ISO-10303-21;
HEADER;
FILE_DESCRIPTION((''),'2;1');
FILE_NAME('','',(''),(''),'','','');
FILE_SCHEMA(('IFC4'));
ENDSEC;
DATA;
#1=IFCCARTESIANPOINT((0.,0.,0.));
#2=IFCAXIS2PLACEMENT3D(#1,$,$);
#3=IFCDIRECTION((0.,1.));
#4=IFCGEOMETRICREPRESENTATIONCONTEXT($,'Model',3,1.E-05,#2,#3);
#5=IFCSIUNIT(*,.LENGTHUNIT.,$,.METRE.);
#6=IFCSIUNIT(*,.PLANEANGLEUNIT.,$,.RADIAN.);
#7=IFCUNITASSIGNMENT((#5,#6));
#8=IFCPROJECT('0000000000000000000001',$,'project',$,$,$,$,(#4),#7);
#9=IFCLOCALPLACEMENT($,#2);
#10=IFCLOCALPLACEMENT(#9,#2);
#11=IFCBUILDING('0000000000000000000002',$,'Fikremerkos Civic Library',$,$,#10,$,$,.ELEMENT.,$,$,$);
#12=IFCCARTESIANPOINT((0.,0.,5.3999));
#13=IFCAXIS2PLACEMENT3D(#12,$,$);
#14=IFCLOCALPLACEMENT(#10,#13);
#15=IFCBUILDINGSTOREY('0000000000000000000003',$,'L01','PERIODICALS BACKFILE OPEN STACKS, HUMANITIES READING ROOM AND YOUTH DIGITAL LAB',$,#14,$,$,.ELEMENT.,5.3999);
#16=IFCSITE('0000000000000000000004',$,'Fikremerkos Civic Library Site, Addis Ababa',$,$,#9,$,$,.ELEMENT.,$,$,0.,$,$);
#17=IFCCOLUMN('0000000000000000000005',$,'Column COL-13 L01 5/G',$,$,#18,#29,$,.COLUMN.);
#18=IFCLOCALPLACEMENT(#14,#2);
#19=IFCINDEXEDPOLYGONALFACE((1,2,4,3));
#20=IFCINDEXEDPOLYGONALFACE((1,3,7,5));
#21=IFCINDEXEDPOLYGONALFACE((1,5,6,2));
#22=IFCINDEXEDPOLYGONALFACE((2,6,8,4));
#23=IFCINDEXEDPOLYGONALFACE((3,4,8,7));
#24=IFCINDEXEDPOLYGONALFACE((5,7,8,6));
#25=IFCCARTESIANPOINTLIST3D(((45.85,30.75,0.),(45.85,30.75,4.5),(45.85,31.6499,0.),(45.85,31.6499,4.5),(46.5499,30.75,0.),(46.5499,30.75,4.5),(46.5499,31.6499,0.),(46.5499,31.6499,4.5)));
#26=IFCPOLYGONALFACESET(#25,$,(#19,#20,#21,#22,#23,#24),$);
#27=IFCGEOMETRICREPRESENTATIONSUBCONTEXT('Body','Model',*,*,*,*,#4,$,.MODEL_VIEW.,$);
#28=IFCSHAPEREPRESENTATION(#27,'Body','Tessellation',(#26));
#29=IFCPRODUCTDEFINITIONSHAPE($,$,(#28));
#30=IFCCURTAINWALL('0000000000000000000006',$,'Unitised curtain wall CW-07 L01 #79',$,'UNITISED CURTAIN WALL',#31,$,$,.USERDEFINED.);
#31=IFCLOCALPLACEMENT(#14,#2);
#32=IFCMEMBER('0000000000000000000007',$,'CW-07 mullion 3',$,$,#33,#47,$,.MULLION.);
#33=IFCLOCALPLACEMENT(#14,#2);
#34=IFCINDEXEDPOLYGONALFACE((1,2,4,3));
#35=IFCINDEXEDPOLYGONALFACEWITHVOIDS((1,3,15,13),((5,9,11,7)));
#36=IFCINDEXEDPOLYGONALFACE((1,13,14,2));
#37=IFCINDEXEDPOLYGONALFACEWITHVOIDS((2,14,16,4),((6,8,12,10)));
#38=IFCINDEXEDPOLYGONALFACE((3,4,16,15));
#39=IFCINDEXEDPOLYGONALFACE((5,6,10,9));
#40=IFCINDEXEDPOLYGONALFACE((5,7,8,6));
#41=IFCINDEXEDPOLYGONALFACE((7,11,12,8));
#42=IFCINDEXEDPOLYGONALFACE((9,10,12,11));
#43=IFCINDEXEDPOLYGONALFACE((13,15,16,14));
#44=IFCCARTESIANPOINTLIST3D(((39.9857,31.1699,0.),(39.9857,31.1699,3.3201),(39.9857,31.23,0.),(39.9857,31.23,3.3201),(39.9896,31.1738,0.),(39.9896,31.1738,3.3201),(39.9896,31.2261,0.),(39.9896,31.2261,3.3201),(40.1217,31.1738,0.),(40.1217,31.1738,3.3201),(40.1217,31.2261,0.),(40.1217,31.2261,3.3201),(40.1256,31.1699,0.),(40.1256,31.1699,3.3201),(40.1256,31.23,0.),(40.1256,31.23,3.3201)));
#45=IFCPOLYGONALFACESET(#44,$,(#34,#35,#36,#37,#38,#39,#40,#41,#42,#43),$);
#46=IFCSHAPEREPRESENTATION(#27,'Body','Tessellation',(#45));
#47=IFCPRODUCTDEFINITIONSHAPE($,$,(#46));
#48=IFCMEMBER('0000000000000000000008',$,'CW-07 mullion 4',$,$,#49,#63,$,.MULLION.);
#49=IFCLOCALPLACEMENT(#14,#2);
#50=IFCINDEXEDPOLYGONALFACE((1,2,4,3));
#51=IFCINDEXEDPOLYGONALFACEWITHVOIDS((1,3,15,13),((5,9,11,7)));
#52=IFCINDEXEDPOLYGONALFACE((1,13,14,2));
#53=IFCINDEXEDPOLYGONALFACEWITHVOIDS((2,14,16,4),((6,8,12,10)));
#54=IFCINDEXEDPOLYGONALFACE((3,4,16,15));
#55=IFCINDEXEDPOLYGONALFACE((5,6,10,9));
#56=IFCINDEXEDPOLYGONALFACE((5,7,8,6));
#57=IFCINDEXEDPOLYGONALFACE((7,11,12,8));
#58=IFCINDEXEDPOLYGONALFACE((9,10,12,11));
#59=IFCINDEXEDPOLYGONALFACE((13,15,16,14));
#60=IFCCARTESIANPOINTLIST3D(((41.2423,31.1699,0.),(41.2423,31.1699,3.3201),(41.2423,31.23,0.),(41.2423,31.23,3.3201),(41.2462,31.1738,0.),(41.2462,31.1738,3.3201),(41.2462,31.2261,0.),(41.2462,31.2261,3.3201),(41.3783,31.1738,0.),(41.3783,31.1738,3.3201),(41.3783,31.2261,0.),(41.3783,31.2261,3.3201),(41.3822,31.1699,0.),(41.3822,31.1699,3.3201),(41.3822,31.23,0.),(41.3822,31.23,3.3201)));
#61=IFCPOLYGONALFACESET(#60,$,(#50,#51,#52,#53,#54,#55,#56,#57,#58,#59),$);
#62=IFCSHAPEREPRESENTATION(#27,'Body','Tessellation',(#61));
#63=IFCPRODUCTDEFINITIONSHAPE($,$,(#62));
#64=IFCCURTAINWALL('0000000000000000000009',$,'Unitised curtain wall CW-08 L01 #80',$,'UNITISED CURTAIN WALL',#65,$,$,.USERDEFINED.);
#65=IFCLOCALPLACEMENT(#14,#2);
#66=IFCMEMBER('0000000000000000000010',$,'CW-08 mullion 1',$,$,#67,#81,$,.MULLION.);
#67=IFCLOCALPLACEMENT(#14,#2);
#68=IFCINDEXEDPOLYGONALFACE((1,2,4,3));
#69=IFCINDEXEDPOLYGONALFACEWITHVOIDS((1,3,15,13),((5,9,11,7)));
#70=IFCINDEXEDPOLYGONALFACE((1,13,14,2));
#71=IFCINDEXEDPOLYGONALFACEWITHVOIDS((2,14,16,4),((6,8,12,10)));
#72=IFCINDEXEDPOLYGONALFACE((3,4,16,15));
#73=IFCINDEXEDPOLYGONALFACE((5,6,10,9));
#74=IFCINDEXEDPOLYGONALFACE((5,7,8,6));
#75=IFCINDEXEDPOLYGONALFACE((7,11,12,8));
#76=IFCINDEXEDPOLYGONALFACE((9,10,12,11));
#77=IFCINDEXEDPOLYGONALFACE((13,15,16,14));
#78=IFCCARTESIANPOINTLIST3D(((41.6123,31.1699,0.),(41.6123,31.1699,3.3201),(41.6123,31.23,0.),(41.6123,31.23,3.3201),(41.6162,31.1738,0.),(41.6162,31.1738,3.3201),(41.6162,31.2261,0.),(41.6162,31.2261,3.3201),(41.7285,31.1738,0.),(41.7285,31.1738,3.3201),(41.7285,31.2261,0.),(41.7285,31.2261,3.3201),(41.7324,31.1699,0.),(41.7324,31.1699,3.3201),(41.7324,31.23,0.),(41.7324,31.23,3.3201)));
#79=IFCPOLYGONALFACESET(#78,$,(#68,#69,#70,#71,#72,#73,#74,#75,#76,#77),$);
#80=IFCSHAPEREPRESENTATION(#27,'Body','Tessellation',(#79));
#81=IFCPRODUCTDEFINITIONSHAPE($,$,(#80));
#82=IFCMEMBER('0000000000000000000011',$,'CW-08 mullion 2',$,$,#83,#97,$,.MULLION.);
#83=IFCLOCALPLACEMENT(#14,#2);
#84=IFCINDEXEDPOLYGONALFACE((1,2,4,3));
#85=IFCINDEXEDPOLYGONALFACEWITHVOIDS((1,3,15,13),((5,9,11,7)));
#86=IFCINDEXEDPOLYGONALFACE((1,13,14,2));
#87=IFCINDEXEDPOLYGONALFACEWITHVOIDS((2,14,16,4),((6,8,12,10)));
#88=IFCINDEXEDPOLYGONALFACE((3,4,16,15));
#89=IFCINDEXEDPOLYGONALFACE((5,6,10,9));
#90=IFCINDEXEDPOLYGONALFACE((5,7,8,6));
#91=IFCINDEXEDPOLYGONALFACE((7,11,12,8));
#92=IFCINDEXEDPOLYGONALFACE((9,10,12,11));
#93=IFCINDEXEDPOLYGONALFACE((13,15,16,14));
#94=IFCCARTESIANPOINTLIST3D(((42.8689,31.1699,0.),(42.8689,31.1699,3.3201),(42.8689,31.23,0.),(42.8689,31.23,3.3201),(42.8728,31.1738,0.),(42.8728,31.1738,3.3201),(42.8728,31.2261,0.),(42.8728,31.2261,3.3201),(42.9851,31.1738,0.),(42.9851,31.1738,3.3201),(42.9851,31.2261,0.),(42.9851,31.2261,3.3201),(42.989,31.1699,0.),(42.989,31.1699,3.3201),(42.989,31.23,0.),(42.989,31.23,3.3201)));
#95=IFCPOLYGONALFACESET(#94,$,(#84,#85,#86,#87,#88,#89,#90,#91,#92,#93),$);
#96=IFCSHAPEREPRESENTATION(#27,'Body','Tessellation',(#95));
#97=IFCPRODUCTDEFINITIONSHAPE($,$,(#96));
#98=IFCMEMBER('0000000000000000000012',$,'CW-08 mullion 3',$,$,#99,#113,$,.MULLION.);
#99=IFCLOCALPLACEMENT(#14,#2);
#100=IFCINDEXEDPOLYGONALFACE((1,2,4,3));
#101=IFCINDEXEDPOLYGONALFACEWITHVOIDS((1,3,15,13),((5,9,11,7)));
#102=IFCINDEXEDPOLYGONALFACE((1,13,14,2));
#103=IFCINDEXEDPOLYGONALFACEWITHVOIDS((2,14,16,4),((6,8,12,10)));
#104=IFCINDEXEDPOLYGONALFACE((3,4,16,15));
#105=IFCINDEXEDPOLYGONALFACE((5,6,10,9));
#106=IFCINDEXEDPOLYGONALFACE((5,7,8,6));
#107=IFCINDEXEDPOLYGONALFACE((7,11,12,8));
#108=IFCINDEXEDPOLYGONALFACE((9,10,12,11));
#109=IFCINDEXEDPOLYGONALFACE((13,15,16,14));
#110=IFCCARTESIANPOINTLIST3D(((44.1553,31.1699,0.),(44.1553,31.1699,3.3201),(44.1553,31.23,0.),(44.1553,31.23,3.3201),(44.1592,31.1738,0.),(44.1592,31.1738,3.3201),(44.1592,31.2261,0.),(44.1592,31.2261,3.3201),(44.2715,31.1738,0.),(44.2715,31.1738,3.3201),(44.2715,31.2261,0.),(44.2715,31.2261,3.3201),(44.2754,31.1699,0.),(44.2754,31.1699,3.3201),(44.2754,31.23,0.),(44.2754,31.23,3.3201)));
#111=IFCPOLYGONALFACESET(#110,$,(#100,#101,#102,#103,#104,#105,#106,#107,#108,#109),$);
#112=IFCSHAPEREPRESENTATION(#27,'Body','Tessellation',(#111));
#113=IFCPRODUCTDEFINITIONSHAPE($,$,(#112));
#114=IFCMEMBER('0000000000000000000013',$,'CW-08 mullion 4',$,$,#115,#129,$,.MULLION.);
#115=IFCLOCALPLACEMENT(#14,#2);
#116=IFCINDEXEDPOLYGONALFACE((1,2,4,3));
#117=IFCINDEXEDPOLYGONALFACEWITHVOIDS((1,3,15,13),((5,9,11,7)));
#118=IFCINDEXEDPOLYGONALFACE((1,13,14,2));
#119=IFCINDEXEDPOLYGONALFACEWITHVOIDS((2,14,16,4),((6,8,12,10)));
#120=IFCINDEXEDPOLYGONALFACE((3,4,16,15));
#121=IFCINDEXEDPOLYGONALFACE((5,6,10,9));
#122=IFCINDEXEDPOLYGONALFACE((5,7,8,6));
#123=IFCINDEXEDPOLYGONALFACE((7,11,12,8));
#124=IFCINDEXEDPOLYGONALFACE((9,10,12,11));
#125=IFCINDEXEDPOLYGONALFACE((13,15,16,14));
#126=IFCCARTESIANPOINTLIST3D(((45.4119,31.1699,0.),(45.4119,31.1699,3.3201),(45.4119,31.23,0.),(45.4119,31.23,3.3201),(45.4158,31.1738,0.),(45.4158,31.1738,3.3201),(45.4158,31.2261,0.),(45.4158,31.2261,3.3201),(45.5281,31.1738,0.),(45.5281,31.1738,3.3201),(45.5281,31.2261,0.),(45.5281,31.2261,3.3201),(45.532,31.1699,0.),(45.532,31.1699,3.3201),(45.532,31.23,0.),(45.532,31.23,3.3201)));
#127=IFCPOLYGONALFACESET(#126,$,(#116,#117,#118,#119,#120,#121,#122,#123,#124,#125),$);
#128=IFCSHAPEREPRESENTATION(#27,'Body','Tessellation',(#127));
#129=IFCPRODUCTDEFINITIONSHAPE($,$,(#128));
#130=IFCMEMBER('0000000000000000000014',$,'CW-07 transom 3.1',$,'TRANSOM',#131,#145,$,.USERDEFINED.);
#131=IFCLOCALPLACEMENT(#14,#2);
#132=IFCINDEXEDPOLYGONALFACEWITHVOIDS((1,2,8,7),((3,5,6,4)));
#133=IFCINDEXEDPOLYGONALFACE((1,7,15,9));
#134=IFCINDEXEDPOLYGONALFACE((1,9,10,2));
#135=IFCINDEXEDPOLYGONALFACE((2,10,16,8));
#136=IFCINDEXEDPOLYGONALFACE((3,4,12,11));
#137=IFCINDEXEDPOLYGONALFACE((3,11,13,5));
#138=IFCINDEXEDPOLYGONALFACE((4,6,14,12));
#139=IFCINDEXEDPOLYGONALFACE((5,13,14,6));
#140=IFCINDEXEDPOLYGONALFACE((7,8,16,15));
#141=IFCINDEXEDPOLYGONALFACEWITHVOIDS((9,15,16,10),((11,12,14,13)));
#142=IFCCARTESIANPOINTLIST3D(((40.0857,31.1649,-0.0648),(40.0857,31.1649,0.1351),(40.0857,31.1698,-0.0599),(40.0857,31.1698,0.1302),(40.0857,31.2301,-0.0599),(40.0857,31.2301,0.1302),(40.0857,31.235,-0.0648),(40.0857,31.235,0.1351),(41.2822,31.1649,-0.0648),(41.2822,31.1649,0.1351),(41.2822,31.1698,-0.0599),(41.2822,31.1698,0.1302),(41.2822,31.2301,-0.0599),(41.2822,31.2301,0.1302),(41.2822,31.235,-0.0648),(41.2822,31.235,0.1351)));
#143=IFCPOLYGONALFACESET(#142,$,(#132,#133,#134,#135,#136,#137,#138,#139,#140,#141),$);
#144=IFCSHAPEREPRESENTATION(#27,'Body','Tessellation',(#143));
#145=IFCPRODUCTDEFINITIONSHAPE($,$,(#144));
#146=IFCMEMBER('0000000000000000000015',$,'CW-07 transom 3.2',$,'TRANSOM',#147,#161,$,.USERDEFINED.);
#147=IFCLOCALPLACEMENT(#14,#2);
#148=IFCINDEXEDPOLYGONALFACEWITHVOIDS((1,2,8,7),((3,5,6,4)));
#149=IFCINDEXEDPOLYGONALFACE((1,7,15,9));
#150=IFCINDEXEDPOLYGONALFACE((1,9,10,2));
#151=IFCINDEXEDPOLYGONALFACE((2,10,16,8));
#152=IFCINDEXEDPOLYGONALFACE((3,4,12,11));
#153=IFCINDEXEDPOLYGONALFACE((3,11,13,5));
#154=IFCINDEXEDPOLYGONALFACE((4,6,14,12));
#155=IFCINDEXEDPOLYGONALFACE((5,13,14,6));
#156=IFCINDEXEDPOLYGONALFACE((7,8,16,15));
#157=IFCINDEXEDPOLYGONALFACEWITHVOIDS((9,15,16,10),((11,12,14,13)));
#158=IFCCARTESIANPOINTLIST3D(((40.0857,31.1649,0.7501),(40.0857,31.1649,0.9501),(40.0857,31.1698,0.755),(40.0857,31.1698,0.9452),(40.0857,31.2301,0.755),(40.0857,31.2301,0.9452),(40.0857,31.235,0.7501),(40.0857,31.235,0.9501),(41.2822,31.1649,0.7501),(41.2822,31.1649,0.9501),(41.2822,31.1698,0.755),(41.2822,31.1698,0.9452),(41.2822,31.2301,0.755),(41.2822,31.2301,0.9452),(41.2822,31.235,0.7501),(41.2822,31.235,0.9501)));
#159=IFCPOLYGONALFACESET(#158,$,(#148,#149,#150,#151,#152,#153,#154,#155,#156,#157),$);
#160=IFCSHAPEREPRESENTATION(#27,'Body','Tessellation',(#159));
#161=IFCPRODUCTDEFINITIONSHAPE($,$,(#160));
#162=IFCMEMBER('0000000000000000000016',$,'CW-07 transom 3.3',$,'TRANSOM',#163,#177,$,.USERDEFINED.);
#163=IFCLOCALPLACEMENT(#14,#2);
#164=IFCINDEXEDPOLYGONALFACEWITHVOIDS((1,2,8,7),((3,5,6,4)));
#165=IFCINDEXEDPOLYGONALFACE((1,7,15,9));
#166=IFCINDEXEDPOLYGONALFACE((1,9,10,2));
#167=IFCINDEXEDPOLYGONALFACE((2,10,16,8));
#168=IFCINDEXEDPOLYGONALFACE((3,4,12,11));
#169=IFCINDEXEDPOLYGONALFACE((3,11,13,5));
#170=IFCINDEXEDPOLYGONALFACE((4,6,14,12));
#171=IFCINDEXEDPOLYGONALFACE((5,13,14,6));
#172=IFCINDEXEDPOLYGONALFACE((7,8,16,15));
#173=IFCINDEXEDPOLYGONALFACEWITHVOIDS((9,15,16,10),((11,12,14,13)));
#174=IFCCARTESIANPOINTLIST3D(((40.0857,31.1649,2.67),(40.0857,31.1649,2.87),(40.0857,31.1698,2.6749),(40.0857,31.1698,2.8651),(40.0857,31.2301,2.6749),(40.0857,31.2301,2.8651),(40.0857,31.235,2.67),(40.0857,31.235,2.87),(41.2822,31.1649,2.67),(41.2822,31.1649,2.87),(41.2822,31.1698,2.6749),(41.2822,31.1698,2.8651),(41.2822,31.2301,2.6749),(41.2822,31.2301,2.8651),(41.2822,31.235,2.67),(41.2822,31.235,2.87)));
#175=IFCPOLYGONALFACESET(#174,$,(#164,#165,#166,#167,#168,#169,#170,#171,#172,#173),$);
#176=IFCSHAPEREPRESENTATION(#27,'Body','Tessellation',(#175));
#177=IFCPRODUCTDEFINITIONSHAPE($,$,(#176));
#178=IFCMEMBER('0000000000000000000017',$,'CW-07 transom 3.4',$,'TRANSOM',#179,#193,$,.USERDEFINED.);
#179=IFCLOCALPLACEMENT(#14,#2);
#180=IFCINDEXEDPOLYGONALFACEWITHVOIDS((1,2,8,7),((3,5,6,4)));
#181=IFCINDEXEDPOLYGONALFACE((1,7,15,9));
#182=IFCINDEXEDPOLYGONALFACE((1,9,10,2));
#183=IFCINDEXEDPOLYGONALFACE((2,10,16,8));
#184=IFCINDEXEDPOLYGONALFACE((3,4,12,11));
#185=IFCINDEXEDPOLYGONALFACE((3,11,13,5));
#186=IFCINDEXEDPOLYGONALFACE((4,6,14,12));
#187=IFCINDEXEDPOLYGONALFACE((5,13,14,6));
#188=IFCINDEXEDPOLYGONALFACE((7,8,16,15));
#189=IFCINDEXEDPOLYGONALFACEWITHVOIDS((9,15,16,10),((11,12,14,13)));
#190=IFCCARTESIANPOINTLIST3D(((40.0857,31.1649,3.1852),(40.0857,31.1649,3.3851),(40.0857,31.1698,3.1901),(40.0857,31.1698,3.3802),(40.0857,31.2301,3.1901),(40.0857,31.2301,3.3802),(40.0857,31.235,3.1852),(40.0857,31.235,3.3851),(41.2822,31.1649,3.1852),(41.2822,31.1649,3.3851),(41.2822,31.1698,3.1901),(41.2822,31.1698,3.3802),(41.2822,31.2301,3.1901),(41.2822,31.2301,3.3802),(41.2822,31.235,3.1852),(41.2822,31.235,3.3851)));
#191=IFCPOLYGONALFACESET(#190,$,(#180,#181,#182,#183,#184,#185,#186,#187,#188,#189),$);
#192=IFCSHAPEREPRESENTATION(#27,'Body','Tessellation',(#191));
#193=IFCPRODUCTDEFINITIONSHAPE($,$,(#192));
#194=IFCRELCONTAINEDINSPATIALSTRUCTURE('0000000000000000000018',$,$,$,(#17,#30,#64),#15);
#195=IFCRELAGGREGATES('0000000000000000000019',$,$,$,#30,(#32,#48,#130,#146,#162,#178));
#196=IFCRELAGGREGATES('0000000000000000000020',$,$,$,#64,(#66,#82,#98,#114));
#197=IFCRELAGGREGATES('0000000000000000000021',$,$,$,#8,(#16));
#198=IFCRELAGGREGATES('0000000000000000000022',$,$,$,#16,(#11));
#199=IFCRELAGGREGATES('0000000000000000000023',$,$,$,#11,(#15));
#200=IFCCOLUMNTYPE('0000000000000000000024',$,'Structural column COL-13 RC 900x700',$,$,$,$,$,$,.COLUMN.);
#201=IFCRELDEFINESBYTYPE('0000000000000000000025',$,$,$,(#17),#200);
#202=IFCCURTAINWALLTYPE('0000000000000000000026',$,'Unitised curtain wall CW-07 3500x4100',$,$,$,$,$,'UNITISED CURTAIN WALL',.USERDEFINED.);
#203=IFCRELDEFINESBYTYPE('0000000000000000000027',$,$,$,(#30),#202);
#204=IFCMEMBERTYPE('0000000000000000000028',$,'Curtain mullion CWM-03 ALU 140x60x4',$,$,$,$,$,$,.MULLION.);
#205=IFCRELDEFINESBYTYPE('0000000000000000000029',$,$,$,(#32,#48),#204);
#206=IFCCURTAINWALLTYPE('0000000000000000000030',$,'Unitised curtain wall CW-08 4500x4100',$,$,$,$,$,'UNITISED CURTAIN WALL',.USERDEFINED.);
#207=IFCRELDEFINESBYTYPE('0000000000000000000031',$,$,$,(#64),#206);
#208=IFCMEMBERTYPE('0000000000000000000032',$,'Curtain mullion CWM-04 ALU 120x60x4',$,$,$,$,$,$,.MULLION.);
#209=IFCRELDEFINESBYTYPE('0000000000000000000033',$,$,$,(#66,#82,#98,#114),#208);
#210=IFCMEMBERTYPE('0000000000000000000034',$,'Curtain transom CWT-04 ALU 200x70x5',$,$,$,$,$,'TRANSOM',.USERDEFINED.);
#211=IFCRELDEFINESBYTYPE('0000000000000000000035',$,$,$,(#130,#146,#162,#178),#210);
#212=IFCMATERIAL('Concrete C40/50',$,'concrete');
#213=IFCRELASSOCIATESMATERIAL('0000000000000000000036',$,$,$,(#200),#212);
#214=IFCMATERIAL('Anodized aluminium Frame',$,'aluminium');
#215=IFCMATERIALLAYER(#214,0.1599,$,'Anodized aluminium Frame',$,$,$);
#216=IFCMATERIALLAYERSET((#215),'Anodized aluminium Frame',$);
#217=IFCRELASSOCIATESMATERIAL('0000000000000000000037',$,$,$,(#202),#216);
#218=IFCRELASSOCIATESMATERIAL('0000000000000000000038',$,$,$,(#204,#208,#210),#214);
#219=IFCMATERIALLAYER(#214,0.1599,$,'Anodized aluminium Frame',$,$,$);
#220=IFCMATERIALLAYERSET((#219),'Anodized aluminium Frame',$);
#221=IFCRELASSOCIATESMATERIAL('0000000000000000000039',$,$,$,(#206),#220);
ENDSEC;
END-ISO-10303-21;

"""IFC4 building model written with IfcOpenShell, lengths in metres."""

from ifc_helpers import new_model, si_unit, direction, frame, origin, origin_2d, place, context, subcontext, project, spatial, rectangle, hollow_rectangle, extrude, material, layer, layer_set, material_profile, profile_set, type_object, element, aggregate, save


model = new_model("IFC4")

# Units and contexts
model_context = context("Model", 3, precision=1e-05, world=origin(), true_north=direction((0.0, 1.0)))
body_context = subcontext(model_context, "Body", "Model", "MODEL_VIEW")
ifc_project = project(units=[si_unit("LENGTHUNIT", "METRE"), si_unit("PLANEANGLEUNIT", "RADIAN")], contexts=[model_context])

# Site, building, storey
site_placement = place(None, origin())
site = spatial("IfcSite", under=ifc_project, at=site_placement, Name="Fikremerkos Civic Library Site, Addis Ababa", CompositionType="ELEMENT", RefElevation=0.0)
building_placement = place(site_placement, origin())
building = spatial("IfcBuilding", under=site, at=building_placement, Name="Fikremerkos Civic Library", CompositionType="ELEMENT")
storey_placement = place(building_placement, frame((0.0, 0.0, 5.3999)))
storey = spatial("IfcBuildingStorey", under=building, at=storey_placement, Name="L01", Description="PERIODICALS BACKFILE OPEN STACKS, HUMANITIES READING ROOM AND YOUTH DIGITAL LAB", CompositionType="ELEMENT", Elevation=5.3999)

# Column
ifc_material_1 = material(Name="Concrete C40/50", Category="concrete")
ifc_material_profile_1 = material_profile(ifc_material_1, rectangle(XDim=0.8999, YDim=0.7, at=origin_2d()), Name="RC 900x700")
ifc_profile_set_1 = profile_set([ifc_material_profile_1], Name="Concrete C40/50")
column_type = type_object("IfcColumnType", Name="Structural column COL-13 RC 900x700", PredefinedType="COLUMN", material=ifc_profile_set_1)
column_placement = place(storey_placement, frame((46.2, 31.2, 0.0), z_axis=(0.0, 0.0, 1.0), x_axis=(0.0, 1.0, 0.0)))
element("IfcColumn", 1, at=column_placement, inside=storey, type_object=column_type, Name="Column COL-13 L01 5/G", PredefinedType="COLUMN", context=body_context, shape_type="SweptSolid", body=[
    extrude(rectangle(XDim=0.8999, YDim=0.7, at=origin_2d()), origin(), (0.0, 0.0, 1.0), 4.5),
])

# Curtain walls, members
ifc_material_2 = material(Name="Anodized aluminium Frame", Category="aluminium")
ifc_layer_1 = layer(ifc_material_2, 0.1599, Name="Anodized aluminium Frame")
ifc_layer_set_1 = layer_set([ifc_layer_1], Name="Anodized aluminium Frame")
curtain_wall_type_1 = type_object("IfcCurtainWallType", Name="Unitised curtain wall CW-07 3500x4100", ElementType="UNITISED CURTAIN WALL", PredefinedType="USERDEFINED", material=ifc_layer_set_1)
curtain_wall_1_placement = place(storey_placement, origin())
curtain_wall_1 = element("IfcCurtainWall", 2, at=curtain_wall_1_placement, inside=storey, type_object=curtain_wall_type_1, Name="Unitised curtain wall CW-07 L01 #79", ObjectType="UNITISED CURTAIN WALL", PredefinedType="USERDEFINED")
ifc_material_profile_2 = material_profile(ifc_material_2, hollow_rectangle(XDim=0.0601, YDim=0.1399, WallThickness=0.0039, at=origin_2d()), Name="ALU 140x60x4")
ifc_profile_set_2 = profile_set([ifc_material_profile_2], Name="Anodized aluminium Frame")
member_type_1 = type_object("IfcMemberType", Name="Curtain mullion CWM-03 ALU 140x60x4", PredefinedType="MULLION", material=ifc_profile_set_2)
member_1_placement = place(storey_placement, frame((40.0557, 31.2, 0.0), z_axis=(0.0, 0.0, 1.0), x_axis=(0.0, 1.0, 0.0)))
member_1 = element("IfcMember", 3, at=member_1_placement, type_object=member_type_1, Name="CW-07 mullion 3", PredefinedType="MULLION", context=body_context, shape_type="SweptSolid", body=[
    extrude(hollow_rectangle(XDim=0.0601, YDim=0.1399, WallThickness=0.0039, at=origin_2d()), origin(), (0.0, 0.0, 1.0), 3.3201),
])
member_2_placement = place(storey_placement, frame((41.3123, 31.2, 0.0), z_axis=(0.0, 0.0, 1.0), x_axis=(0.0, 1.0, 0.0)))
member_2 = element("IfcMember", 4, at=member_2_placement, type_object=member_type_1, Name="CW-07 mullion 4", PredefinedType="MULLION", context=body_context, shape_type="SweptSolid", body=[
    extrude(hollow_rectangle(XDim=0.0601, YDim=0.1399, WallThickness=0.0039, at=origin_2d()), origin(), (0.0, 0.0, 1.0), 3.3201),
])
ifc_layer_2 = layer(ifc_material_2, 0.1599, Name="Anodized aluminium Frame")
ifc_layer_set_2 = layer_set([ifc_layer_2], Name="Anodized aluminium Frame")
curtain_wall_type_2 = type_object("IfcCurtainWallType", Name="Unitised curtain wall CW-08 4500x4100", ElementType="UNITISED CURTAIN WALL", PredefinedType="USERDEFINED", material=ifc_layer_set_2)
curtain_wall_2_placement = place(storey_placement, origin())
curtain_wall_2 = element("IfcCurtainWall", 5, at=curtain_wall_2_placement, inside=storey, type_object=curtain_wall_type_2, Name="Unitised curtain wall CW-08 L01 #80", ObjectType="UNITISED CURTAIN WALL", PredefinedType="USERDEFINED")
ifc_material_profile_3 = material_profile(ifc_material_2, hollow_rectangle(XDim=0.0601, YDim=0.1201, WallThickness=0.0039, at=origin_2d()), Name="ALU 120x60x4")
ifc_profile_set_3 = profile_set([ifc_material_profile_3], Name="Anodized aluminium Frame")
member_type_2 = type_object("IfcMemberType", Name="Curtain mullion CWM-04 ALU 120x60x4", PredefinedType="MULLION", material=ifc_profile_set_3)
member_3_placement = place(storey_placement, frame((41.6724, 31.2, 0.0), z_axis=(0.0, 0.0, 1.0), x_axis=(0.0, 1.0, 0.0)))
member_3 = element("IfcMember", 6, at=member_3_placement, type_object=member_type_2, Name="CW-08 mullion 1", PredefinedType="MULLION", context=body_context, shape_type="SweptSolid", body=[
    extrude(hollow_rectangle(XDim=0.0601, YDim=0.1201, WallThickness=0.0039, at=origin_2d()), origin(), (0.0, 0.0, 1.0), 3.3201),
])
member_4_placement = place(storey_placement, frame((42.929, 31.2, 0.0), z_axis=(0.0, 0.0, 1.0), x_axis=(0.0, 1.0, 0.0)))
member_4 = element("IfcMember", 7, at=member_4_placement, type_object=member_type_2, Name="CW-08 mullion 2", PredefinedType="MULLION", context=body_context, shape_type="SweptSolid", body=[
    extrude(hollow_rectangle(XDim=0.0601, YDim=0.1201, WallThickness=0.0039, at=origin_2d()), origin(), (0.0, 0.0, 1.0), 3.3201),
])
member_5_placement = place(storey_placement, frame((44.2153, 31.2, 0.0), z_axis=(0.0, 0.0, 1.0), x_axis=(0.0, 1.0, 0.0)))
member_5 = element("IfcMember", 8, at=member_5_placement, type_object=member_type_2, Name="CW-08 mullion 3", PredefinedType="MULLION", context=body_context, shape_type="SweptSolid", body=[
    extrude(hollow_rectangle(XDim=0.0601, YDim=0.1201, WallThickness=0.0039, at=origin_2d()), origin(), (0.0, 0.0, 1.0), 3.3201),
])
member_6_placement = place(storey_placement, frame((45.4719, 31.2, 0.0), z_axis=(0.0, 0.0, 1.0), x_axis=(0.0, 1.0, 0.0)))
member_6 = element("IfcMember", 9, at=member_6_placement, type_object=member_type_2, Name="CW-08 mullion 4", PredefinedType="MULLION", context=body_context, shape_type="SweptSolid", body=[
    extrude(hollow_rectangle(XDim=0.0601, YDim=0.1201, WallThickness=0.0039, at=origin_2d()), origin(), (0.0, 0.0, 1.0), 3.3201),
])

# Members
ifc_material_profile_4 = material_profile(ifc_material_2, hollow_rectangle(XDim=0.0701, YDim=0.2, WallThickness=0.0049, at=origin_2d()), Name="ALU 200x70x5")
ifc_profile_set_4 = profile_set([ifc_material_profile_4], Name="Anodized aluminium Frame")
member_type_3 = type_object("IfcMemberType", Name="Curtain transom CWT-04 ALU 200x70x5", ElementType="TRANSOM", PredefinedType="USERDEFINED", material=ifc_profile_set_4)
member_7_placement = place(storey_placement, frame((40.0857, 31.2, 0.0352), z_axis=(1.0, 0.0, 0.0), x_axis=(0.0, 1.0, 0.0)))
member_7 = element("IfcMember", 10, at=member_7_placement, type_object=member_type_3, Name="CW-07 transom 3.1", ObjectType="TRANSOM", PredefinedType="USERDEFINED", context=body_context, shape_type="SweptSolid", body=[
    extrude(hollow_rectangle(XDim=0.0701, YDim=0.2, WallThickness=0.0049, at=origin_2d()), origin(), (0.0, 0.0, 1.0), 1.1965),
])
member_8_placement = place(storey_placement, frame((40.0857, 31.2, 0.8501), z_axis=(1.0, 0.0, 0.0), x_axis=(0.0, 1.0, 0.0)))
member_8 = element("IfcMember", 11, at=member_8_placement, type_object=member_type_3, Name="CW-07 transom 3.2", ObjectType="TRANSOM", PredefinedType="USERDEFINED", context=body_context, shape_type="SweptSolid", body=[
    extrude(hollow_rectangle(XDim=0.0701, YDim=0.2, WallThickness=0.0049, at=origin_2d()), origin(), (0.0, 0.0, 1.0), 1.1965),
])
member_9_placement = place(storey_placement, frame((40.0857, 31.2, 2.77), z_axis=(1.0, 0.0, 0.0), x_axis=(0.0, 1.0, 0.0)))
member_9 = element("IfcMember", 12, at=member_9_placement, type_object=member_type_3, Name="CW-07 transom 3.3", ObjectType="TRANSOM", PredefinedType="USERDEFINED", context=body_context, shape_type="SweptSolid", body=[
    extrude(hollow_rectangle(XDim=0.0701, YDim=0.2, WallThickness=0.0049, at=origin_2d()), origin(), (0.0, 0.0, 1.0), 1.1965),
])
member_10_placement = place(storey_placement, frame((40.0857, 31.2, 3.2852), z_axis=(1.0, 0.0, 0.0), x_axis=(0.0, 1.0, 0.0)))
member_10 = element("IfcMember", 13, at=member_10_placement, type_object=member_type_3, Name="CW-07 transom 3.4", ObjectType="TRANSOM", PredefinedType="USERDEFINED", context=body_context, shape_type="SweptSolid", body=[
    extrude(hollow_rectangle(XDim=0.0701, YDim=0.2, WallThickness=0.0049, at=origin_2d()), origin(), (0.0, 0.0, 1.0), 1.1965),
])

aggregate(curtain_wall_1, [member_1, member_2, member_7, member_8, member_9, member_10])
aggregate(curtain_wall_2, [member_3, member_4, member_5, member_6])

save(model, "model.ifc")
